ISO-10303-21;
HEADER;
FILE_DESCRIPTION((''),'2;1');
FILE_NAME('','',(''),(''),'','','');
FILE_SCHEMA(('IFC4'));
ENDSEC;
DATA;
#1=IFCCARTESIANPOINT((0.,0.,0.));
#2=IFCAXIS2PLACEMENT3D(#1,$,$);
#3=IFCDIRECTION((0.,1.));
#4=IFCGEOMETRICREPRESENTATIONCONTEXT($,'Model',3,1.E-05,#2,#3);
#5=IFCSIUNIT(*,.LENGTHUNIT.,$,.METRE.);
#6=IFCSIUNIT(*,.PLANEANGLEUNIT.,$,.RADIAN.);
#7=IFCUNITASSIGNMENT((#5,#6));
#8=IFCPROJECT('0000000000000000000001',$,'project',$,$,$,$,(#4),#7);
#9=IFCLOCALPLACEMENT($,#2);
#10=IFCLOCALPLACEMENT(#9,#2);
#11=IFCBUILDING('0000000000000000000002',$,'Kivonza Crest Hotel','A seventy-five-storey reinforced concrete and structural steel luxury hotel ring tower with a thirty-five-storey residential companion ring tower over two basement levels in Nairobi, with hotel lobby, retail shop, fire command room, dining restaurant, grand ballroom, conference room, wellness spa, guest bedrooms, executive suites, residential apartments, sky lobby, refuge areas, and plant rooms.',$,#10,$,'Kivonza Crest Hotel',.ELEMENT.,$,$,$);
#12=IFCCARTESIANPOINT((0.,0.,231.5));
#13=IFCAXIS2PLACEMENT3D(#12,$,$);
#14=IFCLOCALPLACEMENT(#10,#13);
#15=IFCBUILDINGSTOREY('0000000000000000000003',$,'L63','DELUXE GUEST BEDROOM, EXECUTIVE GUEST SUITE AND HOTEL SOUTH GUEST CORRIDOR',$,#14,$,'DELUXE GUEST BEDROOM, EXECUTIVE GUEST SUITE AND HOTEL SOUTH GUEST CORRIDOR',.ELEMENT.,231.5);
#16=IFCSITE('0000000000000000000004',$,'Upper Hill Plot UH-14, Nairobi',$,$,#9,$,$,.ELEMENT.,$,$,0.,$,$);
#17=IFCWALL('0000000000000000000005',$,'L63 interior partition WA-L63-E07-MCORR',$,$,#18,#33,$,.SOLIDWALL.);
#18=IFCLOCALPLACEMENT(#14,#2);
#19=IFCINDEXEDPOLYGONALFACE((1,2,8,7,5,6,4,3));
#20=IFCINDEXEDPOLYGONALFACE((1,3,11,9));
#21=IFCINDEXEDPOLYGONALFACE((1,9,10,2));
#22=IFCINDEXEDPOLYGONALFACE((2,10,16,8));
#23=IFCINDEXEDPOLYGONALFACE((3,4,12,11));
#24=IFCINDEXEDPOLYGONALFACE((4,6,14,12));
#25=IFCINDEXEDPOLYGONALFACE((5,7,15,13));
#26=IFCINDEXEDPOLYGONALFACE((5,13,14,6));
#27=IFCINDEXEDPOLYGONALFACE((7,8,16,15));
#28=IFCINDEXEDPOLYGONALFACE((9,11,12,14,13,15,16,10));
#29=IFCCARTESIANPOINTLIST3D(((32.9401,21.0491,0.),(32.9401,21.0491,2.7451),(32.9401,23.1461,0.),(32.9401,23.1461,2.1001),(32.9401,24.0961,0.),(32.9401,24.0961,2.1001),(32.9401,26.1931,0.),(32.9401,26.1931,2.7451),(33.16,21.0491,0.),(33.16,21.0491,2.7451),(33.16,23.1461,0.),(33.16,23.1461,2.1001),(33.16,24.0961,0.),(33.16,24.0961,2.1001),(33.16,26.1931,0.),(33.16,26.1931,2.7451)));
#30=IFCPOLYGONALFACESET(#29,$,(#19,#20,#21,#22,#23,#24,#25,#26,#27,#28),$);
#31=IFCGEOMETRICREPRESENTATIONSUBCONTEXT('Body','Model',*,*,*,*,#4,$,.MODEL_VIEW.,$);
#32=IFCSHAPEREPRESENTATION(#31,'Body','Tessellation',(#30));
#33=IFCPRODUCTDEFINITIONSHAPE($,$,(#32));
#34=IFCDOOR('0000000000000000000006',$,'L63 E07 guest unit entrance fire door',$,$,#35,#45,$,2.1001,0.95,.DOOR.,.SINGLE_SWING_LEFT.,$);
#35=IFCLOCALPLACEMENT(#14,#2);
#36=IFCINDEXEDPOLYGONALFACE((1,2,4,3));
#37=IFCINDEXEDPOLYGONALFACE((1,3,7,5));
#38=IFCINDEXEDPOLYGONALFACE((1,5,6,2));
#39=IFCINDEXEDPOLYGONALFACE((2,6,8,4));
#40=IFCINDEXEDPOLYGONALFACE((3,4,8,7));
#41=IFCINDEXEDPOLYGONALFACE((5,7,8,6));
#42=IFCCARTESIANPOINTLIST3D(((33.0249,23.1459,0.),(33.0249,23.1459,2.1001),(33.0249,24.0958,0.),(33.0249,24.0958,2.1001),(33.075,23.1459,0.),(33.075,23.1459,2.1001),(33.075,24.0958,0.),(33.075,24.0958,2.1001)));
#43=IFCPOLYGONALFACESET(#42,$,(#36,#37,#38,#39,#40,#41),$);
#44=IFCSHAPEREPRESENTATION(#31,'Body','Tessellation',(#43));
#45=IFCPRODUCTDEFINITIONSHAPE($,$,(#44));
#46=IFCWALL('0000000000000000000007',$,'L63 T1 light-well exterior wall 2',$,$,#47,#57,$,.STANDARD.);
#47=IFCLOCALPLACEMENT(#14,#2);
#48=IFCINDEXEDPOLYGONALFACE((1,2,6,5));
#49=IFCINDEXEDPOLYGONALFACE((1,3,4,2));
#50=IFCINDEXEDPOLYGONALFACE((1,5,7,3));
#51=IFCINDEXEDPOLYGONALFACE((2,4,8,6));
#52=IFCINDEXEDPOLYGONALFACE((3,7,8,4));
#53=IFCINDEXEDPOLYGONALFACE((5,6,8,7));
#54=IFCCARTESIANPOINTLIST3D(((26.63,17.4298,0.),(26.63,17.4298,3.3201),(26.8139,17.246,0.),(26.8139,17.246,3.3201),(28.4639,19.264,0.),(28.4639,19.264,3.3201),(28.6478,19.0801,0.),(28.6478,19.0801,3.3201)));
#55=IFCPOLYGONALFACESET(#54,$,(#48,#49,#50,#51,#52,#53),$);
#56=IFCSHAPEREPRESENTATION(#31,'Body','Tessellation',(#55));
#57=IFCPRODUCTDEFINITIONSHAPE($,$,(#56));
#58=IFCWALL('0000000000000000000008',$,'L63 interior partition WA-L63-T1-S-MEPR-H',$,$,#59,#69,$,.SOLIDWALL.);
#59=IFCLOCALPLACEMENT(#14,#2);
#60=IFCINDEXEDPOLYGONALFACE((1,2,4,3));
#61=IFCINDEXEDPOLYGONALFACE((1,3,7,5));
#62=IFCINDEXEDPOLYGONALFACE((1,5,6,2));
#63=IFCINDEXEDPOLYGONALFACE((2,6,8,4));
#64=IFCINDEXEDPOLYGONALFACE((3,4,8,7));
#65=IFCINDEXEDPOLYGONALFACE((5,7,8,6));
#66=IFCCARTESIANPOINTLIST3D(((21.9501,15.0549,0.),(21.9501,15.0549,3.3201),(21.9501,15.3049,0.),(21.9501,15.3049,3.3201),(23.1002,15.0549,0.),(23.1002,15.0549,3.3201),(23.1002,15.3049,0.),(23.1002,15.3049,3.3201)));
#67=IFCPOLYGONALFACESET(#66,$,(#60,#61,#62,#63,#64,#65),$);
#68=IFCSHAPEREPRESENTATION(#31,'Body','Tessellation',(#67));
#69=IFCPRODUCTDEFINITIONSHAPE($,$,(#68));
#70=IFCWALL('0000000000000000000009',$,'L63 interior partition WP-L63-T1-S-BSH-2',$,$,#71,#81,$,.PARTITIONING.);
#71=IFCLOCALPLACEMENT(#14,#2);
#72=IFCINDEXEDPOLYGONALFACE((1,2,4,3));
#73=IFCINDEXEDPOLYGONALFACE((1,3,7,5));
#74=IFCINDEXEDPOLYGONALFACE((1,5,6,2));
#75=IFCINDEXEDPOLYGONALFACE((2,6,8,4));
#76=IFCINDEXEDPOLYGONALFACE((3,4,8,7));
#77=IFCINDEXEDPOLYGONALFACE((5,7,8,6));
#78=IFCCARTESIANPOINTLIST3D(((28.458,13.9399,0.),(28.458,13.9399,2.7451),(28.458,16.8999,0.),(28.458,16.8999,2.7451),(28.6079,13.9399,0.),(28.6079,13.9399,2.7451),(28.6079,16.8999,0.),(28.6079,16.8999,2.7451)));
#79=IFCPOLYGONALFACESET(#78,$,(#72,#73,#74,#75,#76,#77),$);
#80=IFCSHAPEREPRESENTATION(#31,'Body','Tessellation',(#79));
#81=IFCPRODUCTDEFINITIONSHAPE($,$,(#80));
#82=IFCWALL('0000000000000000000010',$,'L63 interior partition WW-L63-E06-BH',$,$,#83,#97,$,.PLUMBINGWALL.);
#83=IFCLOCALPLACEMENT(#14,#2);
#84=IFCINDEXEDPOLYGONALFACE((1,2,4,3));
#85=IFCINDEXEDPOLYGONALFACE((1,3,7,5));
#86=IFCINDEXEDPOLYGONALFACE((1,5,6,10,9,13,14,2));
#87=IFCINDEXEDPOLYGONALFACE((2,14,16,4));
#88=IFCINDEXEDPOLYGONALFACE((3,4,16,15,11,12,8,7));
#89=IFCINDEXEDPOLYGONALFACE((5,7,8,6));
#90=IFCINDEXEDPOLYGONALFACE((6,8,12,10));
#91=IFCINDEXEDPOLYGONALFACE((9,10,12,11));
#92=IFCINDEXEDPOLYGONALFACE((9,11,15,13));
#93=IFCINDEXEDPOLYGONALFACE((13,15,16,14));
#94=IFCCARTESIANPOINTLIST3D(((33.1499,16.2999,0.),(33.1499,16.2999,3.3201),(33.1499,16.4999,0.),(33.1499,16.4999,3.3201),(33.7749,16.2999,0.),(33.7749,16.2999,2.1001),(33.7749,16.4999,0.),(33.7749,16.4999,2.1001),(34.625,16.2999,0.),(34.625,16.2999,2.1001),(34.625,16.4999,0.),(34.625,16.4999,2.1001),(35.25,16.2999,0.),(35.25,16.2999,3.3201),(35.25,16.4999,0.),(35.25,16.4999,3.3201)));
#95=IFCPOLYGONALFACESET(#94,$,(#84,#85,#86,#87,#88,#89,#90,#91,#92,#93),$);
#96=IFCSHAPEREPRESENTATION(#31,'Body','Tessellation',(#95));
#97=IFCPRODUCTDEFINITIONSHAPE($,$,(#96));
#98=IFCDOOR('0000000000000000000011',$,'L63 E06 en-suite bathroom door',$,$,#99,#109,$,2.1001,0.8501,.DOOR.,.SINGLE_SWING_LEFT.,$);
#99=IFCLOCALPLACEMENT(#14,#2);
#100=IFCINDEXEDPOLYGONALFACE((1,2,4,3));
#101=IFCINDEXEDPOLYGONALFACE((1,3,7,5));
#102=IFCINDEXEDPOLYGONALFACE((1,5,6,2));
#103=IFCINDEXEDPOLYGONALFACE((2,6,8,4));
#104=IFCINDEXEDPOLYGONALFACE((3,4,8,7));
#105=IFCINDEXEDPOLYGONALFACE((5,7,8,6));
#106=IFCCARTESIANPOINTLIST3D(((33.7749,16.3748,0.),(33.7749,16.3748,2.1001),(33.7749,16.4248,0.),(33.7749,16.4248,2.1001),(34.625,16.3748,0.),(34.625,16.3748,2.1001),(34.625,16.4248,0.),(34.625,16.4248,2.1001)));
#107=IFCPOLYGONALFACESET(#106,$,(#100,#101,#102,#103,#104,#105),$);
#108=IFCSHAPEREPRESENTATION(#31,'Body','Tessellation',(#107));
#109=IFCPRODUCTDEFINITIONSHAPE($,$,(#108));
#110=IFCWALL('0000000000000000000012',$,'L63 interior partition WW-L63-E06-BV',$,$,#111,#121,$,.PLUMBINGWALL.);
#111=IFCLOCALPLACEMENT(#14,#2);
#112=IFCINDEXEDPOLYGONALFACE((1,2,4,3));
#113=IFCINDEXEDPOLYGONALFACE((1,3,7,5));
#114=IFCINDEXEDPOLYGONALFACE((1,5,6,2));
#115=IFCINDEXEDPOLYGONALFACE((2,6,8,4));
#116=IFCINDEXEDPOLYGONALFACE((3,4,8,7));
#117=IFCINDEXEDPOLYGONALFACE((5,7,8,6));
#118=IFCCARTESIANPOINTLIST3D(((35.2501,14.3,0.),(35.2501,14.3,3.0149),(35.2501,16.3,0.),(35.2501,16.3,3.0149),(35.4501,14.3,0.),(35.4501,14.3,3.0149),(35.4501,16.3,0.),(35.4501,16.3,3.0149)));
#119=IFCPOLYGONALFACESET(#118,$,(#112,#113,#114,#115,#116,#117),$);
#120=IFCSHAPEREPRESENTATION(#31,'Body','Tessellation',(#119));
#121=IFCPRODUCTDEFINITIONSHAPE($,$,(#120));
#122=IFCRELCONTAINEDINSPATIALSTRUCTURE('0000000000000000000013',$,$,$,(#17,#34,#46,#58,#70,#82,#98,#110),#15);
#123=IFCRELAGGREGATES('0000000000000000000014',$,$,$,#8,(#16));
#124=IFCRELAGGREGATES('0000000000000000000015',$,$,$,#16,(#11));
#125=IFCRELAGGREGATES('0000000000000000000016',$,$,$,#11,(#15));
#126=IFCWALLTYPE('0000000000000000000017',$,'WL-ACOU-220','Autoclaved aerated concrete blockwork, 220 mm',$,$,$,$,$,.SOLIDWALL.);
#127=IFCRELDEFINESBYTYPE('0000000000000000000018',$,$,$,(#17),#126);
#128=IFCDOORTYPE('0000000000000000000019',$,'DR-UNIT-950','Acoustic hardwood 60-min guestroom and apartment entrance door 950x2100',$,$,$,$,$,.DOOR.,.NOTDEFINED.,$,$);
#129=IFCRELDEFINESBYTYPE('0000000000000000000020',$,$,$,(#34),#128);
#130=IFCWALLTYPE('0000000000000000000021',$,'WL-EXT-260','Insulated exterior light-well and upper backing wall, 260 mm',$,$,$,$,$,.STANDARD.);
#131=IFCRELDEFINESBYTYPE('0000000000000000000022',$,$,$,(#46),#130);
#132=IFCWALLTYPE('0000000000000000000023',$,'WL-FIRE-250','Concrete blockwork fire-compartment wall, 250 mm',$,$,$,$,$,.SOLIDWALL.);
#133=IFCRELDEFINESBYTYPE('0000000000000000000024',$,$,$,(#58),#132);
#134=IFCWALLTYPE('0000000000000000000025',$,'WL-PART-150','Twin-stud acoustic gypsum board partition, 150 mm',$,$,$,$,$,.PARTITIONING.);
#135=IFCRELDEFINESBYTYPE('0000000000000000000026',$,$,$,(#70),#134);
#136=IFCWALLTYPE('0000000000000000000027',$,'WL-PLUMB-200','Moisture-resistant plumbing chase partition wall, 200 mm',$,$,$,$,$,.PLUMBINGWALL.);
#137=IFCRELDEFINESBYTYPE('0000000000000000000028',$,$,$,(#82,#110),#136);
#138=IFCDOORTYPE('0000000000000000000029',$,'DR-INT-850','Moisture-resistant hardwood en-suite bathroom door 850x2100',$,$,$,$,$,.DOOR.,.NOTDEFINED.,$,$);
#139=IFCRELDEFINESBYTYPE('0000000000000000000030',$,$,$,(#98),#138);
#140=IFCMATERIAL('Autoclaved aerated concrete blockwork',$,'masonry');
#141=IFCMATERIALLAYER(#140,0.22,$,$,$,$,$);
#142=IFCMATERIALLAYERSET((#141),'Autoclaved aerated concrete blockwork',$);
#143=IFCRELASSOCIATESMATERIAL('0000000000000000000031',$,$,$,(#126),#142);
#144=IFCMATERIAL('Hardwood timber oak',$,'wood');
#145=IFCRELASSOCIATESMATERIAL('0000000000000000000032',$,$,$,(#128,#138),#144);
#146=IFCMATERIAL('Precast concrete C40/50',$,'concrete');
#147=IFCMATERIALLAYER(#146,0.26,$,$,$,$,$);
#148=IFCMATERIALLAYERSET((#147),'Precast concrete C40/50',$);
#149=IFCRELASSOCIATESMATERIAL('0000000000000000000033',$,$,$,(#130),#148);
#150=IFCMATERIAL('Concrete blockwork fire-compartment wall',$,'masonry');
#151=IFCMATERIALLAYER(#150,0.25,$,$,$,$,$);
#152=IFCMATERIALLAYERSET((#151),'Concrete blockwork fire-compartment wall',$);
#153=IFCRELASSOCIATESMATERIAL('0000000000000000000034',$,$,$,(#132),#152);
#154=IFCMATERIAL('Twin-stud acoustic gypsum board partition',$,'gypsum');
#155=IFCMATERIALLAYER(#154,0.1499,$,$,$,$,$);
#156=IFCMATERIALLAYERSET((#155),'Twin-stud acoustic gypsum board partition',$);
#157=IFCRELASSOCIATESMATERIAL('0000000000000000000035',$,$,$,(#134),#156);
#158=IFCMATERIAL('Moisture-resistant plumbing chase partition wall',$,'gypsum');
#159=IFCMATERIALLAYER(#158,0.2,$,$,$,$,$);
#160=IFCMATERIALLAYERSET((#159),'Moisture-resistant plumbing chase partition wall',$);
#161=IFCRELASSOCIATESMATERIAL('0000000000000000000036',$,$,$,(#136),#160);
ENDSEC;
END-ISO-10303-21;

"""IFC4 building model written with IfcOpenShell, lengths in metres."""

from ifc_helpers import new_model, si_unit, direction, frame, frame_2d, origin, place, context, subcontext, project, spatial, rectangle, extrude, material, layer, layer_set, type_object, element, fill, save


model = new_model("IFC4")

# Units and contexts
model_context = context("Model", 3, precision=1e-05, world=origin(), true_north=direction((0.0, 1.0)))
body_context = subcontext(model_context, "Body", "Model", "MODEL_VIEW")
ifc_project = project(units=[si_unit("LENGTHUNIT", "METRE"), si_unit("PLANEANGLEUNIT", "RADIAN")], contexts=[model_context])

# Site, building, storey
site_placement = place(None, origin())
site = spatial("IfcSite", under=ifc_project, at=site_placement, Name="Upper Hill Plot UH-14, Nairobi", CompositionType="ELEMENT", RefElevation=0.0)
building_placement = place(site_placement, origin())
building = spatial("IfcBuilding", under=site, at=building_placement, Name="Kivonza Crest Hotel", Description="A seventy-five-storey reinforced concrete and structural steel luxury hotel ring tower with a thirty-five-storey residential companion ring tower over two basement levels in Nairobi, with hotel lobby, retail shop, fire command room, dining restaurant, grand ballroom, conference room, wellness spa, guest bedrooms, executive suites, residential apartments, sky lobby, refuge areas, and plant rooms.", LongName="Kivonza Crest Hotel", CompositionType="ELEMENT")
storey_placement = place(building_placement, frame((0.0, 0.0, 231.5)))
storey = spatial("IfcBuildingStorey", under=building, at=storey_placement, Name="L63", Description="DELUXE GUEST BEDROOM, EXECUTIVE GUEST SUITE AND HOTEL SOUTH GUEST CORRIDOR", LongName="DELUXE GUEST BEDROOM, EXECUTIVE GUEST SUITE AND HOTEL SOUTH GUEST CORRIDOR", CompositionType="ELEMENT", Elevation=231.5)

# Shared definitions
ifc_material_1 = material(Name="Autoclaved aerated concrete blockwork", Category="masonry")
ifc_layer_1 = layer(ifc_material_1, 0.22)
ifc_layer_set_1 = layer_set([ifc_layer_1], Name="Autoclaved aerated concrete blockwork")
wall_type_1 = type_object("IfcWallType", Name="WL-ACOU-220", Description="Autoclaved aerated concrete blockwork, 220 mm", PredefinedType="SOLIDWALL", material=ifc_layer_set_1)

# Wall, opening, door
ifc_material_2 = material(Name="Hardwood timber oak", Category="wood")
door_type_1 = type_object("IfcDoorType", Name="DR-UNIT-950", Description="Acoustic hardwood 60-min guestroom and apartment entrance door 950x2100", OperationType="NOTDEFINED", PredefinedType="DOOR", material=ifc_material_2)
wall_1_placement = place(storey_placement, frame((33.05, 21.0491, 0.0), z_axis=(0.0, 0.0, 1.0), x_axis=(0.0, 1.0, 0.0)))
wall_1 = element("IfcWall", 1, at=wall_1_placement, inside=storey, type_object=wall_type_1, Name="L63 interior partition WA-L63-E07-MCORR", PredefinedType="SOLIDWALL", context=body_context, shape_type="SweptSolid", body=[
    extrude(rectangle(XDim=5.144, YDim=0.22, at=frame_2d((2.572, 0.0))), origin(), (0.0, 0.0, 1.0), 2.7451),
])
opening_1_placement = place(wall_1_placement, frame((2.0969, 0.0, 0.0)))
opening_1 = element("IfcOpeningElement", 2, at=opening_1_placement, cuts=wall_1, PredefinedType="OPENING", context=body_context, shape_type="SweptSolid", body=[
    extrude(rectangle(XDim=0.95, YDim=2.1001, at=frame_2d((0.4751, 1.05))), frame((0.0, 0.1201, 0.0), z_axis=(0.0, -1.0, 0.0), x_axis=(1.0, 0.0, 0.0)), (0.0, 0.0, 1.0), 0.24),
])
door_1_placement = place(opening_1_placement, frame((0.95, 0.0, 0.0), z_axis=(0.0, 0.0, 1.0), x_axis=(-1.0, 0.0, 0.0)))
door_1 = element("IfcDoor", 3, at=door_1_placement, inside=storey, type_object=door_type_1, Name="L63 E07 guest unit entrance fire door", OperationType="SINGLE_SWING_LEFT", OverallHeight=2.1001, OverallWidth=0.95, PredefinedType="DOOR", context=body_context, shape_type="SweptSolid", body=[
    extrude(rectangle(XDim=0.95, YDim=2.1001, at=frame_2d((0.4751, 1.05))), frame((0.0, 0.0249, 0.0), z_axis=(0.0, -1.0, 0.0), x_axis=(1.0, 0.0, 0.0)), (0.0, 0.0, 1.0), 0.05),
])
fill(opening_1, door_1)

# Walls
ifc_material_3 = material(Name="Precast concrete C40/50", Category="concrete")
ifc_layer_2 = layer(ifc_material_3, 0.26)
ifc_layer_set_2 = layer_set([ifc_layer_2], Name="Precast concrete C40/50")
wall_type_2 = type_object("IfcWallType", Name="WL-EXT-260", Description="Insulated exterior light-well and upper backing wall, 260 mm", PredefinedType="STANDARD", material=ifc_layer_set_2)
wall_2_placement = place(storey_placement, frame((26.7219, 17.3379, 0.0), z_axis=(0.0, 0.0, 1.0), x_axis=(0.70706, 0.707154, 0.0)))
element("IfcWall", 4, at=wall_2_placement, inside=storey, type_object=wall_type_2, Name="L63 T1 light-well exterior wall 2", PredefinedType="STANDARD", context=body_context, shape_type="SweptSolid", body=[
    extrude(rectangle(XDim=2.5938, YDim=0.26, at=frame_2d((1.2969, 0.0))), origin(), (0.0, 0.0, 1.0), 3.3201),
])
ifc_material_4 = material(Name="Concrete blockwork fire-compartment wall", Category="masonry")
ifc_layer_3 = layer(ifc_material_4, 0.25)
ifc_layer_set_3 = layer_set([ifc_layer_3], Name="Concrete blockwork fire-compartment wall")
wall_type_3 = type_object("IfcWallType", Name="WL-FIRE-250", Description="Concrete blockwork fire-compartment wall, 250 mm", PredefinedType="SOLIDWALL", material=ifc_layer_set_3)
wall_3_placement = place(storey_placement, frame((21.95, 15.1799, 0.0), z_axis=(0.0, 0.0, 1.0), x_axis=(1.0, 0.0, 0.0)))
element("IfcWall", 5, at=wall_3_placement, inside=storey, type_object=wall_type_3, Name="L63 interior partition WA-L63-T1-S-MEPR-H", PredefinedType="SOLIDWALL", context=body_context, shape_type="SweptSolid", body=[
    extrude(rectangle(XDim=1.1501, YDim=0.25, at=frame_2d((0.5752, 0.0))), origin(), (0.0, 0.0, 1.0), 3.3201),
])
ifc_material_5 = material(Name="Twin-stud acoustic gypsum board partition", Category="gypsum")
ifc_layer_4 = layer(ifc_material_5, 0.1499)
ifc_layer_set_4 = layer_set([ifc_layer_4], Name="Twin-stud acoustic gypsum board partition")
wall_type_4 = type_object("IfcWallType", Name="WL-PART-150", Description="Twin-stud acoustic gypsum board partition, 150 mm", PredefinedType="PARTITIONING", material=ifc_layer_set_4)
wall_4_placement = place(storey_placement, frame((28.533, 13.9399, 0.0), z_axis=(0.0, 0.0, 1.0), x_axis=(0.0, 1.0, 0.0)))
element("IfcWall", 6, at=wall_4_placement, inside=storey, type_object=wall_type_4, Name="L63 interior partition WP-L63-T1-S-BSH-2", PredefinedType="PARTITIONING", context=body_context, shape_type="SweptSolid", body=[
    extrude(rectangle(XDim=2.96, YDim=0.1499, at=frame_2d((1.48, 0.0))), origin(), (0.0, 0.0, 1.0), 2.7451),
])

# Wall, opening, door
ifc_material_6 = material(Name="Moisture-resistant plumbing chase partition wall", Category="gypsum")
ifc_layer_5 = layer(ifc_material_6, 0.2)
ifc_layer_set_5 = layer_set([ifc_layer_5], Name="Moisture-resistant plumbing chase partition wall")
wall_type_5 = type_object("IfcWallType", Name="WL-PLUMB-200", Description="Moisture-resistant plumbing chase partition wall, 200 mm", PredefinedType="PLUMBINGWALL", material=ifc_layer_set_5)
wall_5_placement = place(storey_placement, frame((33.1499, 16.3999, 0.0), z_axis=(0.0, 0.0, 1.0), x_axis=(1.0, 0.0, 0.0)))
wall_5 = element("IfcWall", 7, at=wall_5_placement, inside=storey, type_object=wall_type_5, Name="L63 interior partition WW-L63-E06-BH", PredefinedType="PLUMBINGWALL", context=body_context, shape_type="SweptSolid", body=[
    extrude(rectangle(XDim=2.1001, YDim=0.2, at=frame_2d((1.05, 0.0))), origin(), (0.0, 0.0, 1.0), 3.3201),
])
opening_2_placement = place(wall_5_placement, frame((0.625, 0.0, 0.0)))
opening_2 = element("IfcOpeningElement", 8, at=opening_2_placement, cuts=wall_5, PredefinedType="OPENING", context=body_context, shape_type="SweptSolid", body=[
    extrude(rectangle(XDim=0.8501, YDim=2.1001, at=frame_2d((0.425, 1.05))), frame((0.0, 0.1099, 0.0), z_axis=(0.0, -1.0, 0.0), x_axis=(1.0, 0.0, 0.0)), (0.0, 0.0, 1.0), 0.22),
])
door_type_2 = type_object("IfcDoorType", Name="DR-INT-850", Description="Moisture-resistant hardwood en-suite bathroom door 850x2100", OperationType="NOTDEFINED", PredefinedType="DOOR", material=ifc_material_2)
door_2_placement = place(opening_2_placement, origin())
door_2 = element("IfcDoor", 9, at=door_2_placement, inside=storey, type_object=door_type_2, Name="L63 E06 en-suite bathroom door", OperationType="SINGLE_SWING_LEFT", OverallHeight=2.1001, OverallWidth=0.8501, PredefinedType="DOOR", context=body_context, shape_type="SweptSolid", body=[
    extrude(rectangle(XDim=0.8501, YDim=2.1001, at=frame_2d((0.425, 1.05))), frame((0.0, 0.0249, 0.0), z_axis=(0.0, -1.0, 0.0), x_axis=(1.0, 0.0, 0.0)), (0.0, 0.0, 1.0), 0.05),
])
fill(opening_2, door_2)

# Wall
wall_6_placement = place(storey_placement, frame((35.3501, 14.3, 0.0), z_axis=(0.0, 0.0, 1.0), x_axis=(0.0, 1.0, 0.0)))
element("IfcWall", 10, at=wall_6_placement, inside=storey, type_object=wall_type_5, Name="L63 interior partition WW-L63-E06-BV", PredefinedType="PLUMBINGWALL", context=body_context, shape_type="SweptSolid", body=[
    extrude(rectangle(XDim=2.0, YDim=0.2, at=frame_2d((1.0, 0.0))), origin(), (0.0, 0.0, 1.0), 3.0149),
])

save(model, "model.ifc")
